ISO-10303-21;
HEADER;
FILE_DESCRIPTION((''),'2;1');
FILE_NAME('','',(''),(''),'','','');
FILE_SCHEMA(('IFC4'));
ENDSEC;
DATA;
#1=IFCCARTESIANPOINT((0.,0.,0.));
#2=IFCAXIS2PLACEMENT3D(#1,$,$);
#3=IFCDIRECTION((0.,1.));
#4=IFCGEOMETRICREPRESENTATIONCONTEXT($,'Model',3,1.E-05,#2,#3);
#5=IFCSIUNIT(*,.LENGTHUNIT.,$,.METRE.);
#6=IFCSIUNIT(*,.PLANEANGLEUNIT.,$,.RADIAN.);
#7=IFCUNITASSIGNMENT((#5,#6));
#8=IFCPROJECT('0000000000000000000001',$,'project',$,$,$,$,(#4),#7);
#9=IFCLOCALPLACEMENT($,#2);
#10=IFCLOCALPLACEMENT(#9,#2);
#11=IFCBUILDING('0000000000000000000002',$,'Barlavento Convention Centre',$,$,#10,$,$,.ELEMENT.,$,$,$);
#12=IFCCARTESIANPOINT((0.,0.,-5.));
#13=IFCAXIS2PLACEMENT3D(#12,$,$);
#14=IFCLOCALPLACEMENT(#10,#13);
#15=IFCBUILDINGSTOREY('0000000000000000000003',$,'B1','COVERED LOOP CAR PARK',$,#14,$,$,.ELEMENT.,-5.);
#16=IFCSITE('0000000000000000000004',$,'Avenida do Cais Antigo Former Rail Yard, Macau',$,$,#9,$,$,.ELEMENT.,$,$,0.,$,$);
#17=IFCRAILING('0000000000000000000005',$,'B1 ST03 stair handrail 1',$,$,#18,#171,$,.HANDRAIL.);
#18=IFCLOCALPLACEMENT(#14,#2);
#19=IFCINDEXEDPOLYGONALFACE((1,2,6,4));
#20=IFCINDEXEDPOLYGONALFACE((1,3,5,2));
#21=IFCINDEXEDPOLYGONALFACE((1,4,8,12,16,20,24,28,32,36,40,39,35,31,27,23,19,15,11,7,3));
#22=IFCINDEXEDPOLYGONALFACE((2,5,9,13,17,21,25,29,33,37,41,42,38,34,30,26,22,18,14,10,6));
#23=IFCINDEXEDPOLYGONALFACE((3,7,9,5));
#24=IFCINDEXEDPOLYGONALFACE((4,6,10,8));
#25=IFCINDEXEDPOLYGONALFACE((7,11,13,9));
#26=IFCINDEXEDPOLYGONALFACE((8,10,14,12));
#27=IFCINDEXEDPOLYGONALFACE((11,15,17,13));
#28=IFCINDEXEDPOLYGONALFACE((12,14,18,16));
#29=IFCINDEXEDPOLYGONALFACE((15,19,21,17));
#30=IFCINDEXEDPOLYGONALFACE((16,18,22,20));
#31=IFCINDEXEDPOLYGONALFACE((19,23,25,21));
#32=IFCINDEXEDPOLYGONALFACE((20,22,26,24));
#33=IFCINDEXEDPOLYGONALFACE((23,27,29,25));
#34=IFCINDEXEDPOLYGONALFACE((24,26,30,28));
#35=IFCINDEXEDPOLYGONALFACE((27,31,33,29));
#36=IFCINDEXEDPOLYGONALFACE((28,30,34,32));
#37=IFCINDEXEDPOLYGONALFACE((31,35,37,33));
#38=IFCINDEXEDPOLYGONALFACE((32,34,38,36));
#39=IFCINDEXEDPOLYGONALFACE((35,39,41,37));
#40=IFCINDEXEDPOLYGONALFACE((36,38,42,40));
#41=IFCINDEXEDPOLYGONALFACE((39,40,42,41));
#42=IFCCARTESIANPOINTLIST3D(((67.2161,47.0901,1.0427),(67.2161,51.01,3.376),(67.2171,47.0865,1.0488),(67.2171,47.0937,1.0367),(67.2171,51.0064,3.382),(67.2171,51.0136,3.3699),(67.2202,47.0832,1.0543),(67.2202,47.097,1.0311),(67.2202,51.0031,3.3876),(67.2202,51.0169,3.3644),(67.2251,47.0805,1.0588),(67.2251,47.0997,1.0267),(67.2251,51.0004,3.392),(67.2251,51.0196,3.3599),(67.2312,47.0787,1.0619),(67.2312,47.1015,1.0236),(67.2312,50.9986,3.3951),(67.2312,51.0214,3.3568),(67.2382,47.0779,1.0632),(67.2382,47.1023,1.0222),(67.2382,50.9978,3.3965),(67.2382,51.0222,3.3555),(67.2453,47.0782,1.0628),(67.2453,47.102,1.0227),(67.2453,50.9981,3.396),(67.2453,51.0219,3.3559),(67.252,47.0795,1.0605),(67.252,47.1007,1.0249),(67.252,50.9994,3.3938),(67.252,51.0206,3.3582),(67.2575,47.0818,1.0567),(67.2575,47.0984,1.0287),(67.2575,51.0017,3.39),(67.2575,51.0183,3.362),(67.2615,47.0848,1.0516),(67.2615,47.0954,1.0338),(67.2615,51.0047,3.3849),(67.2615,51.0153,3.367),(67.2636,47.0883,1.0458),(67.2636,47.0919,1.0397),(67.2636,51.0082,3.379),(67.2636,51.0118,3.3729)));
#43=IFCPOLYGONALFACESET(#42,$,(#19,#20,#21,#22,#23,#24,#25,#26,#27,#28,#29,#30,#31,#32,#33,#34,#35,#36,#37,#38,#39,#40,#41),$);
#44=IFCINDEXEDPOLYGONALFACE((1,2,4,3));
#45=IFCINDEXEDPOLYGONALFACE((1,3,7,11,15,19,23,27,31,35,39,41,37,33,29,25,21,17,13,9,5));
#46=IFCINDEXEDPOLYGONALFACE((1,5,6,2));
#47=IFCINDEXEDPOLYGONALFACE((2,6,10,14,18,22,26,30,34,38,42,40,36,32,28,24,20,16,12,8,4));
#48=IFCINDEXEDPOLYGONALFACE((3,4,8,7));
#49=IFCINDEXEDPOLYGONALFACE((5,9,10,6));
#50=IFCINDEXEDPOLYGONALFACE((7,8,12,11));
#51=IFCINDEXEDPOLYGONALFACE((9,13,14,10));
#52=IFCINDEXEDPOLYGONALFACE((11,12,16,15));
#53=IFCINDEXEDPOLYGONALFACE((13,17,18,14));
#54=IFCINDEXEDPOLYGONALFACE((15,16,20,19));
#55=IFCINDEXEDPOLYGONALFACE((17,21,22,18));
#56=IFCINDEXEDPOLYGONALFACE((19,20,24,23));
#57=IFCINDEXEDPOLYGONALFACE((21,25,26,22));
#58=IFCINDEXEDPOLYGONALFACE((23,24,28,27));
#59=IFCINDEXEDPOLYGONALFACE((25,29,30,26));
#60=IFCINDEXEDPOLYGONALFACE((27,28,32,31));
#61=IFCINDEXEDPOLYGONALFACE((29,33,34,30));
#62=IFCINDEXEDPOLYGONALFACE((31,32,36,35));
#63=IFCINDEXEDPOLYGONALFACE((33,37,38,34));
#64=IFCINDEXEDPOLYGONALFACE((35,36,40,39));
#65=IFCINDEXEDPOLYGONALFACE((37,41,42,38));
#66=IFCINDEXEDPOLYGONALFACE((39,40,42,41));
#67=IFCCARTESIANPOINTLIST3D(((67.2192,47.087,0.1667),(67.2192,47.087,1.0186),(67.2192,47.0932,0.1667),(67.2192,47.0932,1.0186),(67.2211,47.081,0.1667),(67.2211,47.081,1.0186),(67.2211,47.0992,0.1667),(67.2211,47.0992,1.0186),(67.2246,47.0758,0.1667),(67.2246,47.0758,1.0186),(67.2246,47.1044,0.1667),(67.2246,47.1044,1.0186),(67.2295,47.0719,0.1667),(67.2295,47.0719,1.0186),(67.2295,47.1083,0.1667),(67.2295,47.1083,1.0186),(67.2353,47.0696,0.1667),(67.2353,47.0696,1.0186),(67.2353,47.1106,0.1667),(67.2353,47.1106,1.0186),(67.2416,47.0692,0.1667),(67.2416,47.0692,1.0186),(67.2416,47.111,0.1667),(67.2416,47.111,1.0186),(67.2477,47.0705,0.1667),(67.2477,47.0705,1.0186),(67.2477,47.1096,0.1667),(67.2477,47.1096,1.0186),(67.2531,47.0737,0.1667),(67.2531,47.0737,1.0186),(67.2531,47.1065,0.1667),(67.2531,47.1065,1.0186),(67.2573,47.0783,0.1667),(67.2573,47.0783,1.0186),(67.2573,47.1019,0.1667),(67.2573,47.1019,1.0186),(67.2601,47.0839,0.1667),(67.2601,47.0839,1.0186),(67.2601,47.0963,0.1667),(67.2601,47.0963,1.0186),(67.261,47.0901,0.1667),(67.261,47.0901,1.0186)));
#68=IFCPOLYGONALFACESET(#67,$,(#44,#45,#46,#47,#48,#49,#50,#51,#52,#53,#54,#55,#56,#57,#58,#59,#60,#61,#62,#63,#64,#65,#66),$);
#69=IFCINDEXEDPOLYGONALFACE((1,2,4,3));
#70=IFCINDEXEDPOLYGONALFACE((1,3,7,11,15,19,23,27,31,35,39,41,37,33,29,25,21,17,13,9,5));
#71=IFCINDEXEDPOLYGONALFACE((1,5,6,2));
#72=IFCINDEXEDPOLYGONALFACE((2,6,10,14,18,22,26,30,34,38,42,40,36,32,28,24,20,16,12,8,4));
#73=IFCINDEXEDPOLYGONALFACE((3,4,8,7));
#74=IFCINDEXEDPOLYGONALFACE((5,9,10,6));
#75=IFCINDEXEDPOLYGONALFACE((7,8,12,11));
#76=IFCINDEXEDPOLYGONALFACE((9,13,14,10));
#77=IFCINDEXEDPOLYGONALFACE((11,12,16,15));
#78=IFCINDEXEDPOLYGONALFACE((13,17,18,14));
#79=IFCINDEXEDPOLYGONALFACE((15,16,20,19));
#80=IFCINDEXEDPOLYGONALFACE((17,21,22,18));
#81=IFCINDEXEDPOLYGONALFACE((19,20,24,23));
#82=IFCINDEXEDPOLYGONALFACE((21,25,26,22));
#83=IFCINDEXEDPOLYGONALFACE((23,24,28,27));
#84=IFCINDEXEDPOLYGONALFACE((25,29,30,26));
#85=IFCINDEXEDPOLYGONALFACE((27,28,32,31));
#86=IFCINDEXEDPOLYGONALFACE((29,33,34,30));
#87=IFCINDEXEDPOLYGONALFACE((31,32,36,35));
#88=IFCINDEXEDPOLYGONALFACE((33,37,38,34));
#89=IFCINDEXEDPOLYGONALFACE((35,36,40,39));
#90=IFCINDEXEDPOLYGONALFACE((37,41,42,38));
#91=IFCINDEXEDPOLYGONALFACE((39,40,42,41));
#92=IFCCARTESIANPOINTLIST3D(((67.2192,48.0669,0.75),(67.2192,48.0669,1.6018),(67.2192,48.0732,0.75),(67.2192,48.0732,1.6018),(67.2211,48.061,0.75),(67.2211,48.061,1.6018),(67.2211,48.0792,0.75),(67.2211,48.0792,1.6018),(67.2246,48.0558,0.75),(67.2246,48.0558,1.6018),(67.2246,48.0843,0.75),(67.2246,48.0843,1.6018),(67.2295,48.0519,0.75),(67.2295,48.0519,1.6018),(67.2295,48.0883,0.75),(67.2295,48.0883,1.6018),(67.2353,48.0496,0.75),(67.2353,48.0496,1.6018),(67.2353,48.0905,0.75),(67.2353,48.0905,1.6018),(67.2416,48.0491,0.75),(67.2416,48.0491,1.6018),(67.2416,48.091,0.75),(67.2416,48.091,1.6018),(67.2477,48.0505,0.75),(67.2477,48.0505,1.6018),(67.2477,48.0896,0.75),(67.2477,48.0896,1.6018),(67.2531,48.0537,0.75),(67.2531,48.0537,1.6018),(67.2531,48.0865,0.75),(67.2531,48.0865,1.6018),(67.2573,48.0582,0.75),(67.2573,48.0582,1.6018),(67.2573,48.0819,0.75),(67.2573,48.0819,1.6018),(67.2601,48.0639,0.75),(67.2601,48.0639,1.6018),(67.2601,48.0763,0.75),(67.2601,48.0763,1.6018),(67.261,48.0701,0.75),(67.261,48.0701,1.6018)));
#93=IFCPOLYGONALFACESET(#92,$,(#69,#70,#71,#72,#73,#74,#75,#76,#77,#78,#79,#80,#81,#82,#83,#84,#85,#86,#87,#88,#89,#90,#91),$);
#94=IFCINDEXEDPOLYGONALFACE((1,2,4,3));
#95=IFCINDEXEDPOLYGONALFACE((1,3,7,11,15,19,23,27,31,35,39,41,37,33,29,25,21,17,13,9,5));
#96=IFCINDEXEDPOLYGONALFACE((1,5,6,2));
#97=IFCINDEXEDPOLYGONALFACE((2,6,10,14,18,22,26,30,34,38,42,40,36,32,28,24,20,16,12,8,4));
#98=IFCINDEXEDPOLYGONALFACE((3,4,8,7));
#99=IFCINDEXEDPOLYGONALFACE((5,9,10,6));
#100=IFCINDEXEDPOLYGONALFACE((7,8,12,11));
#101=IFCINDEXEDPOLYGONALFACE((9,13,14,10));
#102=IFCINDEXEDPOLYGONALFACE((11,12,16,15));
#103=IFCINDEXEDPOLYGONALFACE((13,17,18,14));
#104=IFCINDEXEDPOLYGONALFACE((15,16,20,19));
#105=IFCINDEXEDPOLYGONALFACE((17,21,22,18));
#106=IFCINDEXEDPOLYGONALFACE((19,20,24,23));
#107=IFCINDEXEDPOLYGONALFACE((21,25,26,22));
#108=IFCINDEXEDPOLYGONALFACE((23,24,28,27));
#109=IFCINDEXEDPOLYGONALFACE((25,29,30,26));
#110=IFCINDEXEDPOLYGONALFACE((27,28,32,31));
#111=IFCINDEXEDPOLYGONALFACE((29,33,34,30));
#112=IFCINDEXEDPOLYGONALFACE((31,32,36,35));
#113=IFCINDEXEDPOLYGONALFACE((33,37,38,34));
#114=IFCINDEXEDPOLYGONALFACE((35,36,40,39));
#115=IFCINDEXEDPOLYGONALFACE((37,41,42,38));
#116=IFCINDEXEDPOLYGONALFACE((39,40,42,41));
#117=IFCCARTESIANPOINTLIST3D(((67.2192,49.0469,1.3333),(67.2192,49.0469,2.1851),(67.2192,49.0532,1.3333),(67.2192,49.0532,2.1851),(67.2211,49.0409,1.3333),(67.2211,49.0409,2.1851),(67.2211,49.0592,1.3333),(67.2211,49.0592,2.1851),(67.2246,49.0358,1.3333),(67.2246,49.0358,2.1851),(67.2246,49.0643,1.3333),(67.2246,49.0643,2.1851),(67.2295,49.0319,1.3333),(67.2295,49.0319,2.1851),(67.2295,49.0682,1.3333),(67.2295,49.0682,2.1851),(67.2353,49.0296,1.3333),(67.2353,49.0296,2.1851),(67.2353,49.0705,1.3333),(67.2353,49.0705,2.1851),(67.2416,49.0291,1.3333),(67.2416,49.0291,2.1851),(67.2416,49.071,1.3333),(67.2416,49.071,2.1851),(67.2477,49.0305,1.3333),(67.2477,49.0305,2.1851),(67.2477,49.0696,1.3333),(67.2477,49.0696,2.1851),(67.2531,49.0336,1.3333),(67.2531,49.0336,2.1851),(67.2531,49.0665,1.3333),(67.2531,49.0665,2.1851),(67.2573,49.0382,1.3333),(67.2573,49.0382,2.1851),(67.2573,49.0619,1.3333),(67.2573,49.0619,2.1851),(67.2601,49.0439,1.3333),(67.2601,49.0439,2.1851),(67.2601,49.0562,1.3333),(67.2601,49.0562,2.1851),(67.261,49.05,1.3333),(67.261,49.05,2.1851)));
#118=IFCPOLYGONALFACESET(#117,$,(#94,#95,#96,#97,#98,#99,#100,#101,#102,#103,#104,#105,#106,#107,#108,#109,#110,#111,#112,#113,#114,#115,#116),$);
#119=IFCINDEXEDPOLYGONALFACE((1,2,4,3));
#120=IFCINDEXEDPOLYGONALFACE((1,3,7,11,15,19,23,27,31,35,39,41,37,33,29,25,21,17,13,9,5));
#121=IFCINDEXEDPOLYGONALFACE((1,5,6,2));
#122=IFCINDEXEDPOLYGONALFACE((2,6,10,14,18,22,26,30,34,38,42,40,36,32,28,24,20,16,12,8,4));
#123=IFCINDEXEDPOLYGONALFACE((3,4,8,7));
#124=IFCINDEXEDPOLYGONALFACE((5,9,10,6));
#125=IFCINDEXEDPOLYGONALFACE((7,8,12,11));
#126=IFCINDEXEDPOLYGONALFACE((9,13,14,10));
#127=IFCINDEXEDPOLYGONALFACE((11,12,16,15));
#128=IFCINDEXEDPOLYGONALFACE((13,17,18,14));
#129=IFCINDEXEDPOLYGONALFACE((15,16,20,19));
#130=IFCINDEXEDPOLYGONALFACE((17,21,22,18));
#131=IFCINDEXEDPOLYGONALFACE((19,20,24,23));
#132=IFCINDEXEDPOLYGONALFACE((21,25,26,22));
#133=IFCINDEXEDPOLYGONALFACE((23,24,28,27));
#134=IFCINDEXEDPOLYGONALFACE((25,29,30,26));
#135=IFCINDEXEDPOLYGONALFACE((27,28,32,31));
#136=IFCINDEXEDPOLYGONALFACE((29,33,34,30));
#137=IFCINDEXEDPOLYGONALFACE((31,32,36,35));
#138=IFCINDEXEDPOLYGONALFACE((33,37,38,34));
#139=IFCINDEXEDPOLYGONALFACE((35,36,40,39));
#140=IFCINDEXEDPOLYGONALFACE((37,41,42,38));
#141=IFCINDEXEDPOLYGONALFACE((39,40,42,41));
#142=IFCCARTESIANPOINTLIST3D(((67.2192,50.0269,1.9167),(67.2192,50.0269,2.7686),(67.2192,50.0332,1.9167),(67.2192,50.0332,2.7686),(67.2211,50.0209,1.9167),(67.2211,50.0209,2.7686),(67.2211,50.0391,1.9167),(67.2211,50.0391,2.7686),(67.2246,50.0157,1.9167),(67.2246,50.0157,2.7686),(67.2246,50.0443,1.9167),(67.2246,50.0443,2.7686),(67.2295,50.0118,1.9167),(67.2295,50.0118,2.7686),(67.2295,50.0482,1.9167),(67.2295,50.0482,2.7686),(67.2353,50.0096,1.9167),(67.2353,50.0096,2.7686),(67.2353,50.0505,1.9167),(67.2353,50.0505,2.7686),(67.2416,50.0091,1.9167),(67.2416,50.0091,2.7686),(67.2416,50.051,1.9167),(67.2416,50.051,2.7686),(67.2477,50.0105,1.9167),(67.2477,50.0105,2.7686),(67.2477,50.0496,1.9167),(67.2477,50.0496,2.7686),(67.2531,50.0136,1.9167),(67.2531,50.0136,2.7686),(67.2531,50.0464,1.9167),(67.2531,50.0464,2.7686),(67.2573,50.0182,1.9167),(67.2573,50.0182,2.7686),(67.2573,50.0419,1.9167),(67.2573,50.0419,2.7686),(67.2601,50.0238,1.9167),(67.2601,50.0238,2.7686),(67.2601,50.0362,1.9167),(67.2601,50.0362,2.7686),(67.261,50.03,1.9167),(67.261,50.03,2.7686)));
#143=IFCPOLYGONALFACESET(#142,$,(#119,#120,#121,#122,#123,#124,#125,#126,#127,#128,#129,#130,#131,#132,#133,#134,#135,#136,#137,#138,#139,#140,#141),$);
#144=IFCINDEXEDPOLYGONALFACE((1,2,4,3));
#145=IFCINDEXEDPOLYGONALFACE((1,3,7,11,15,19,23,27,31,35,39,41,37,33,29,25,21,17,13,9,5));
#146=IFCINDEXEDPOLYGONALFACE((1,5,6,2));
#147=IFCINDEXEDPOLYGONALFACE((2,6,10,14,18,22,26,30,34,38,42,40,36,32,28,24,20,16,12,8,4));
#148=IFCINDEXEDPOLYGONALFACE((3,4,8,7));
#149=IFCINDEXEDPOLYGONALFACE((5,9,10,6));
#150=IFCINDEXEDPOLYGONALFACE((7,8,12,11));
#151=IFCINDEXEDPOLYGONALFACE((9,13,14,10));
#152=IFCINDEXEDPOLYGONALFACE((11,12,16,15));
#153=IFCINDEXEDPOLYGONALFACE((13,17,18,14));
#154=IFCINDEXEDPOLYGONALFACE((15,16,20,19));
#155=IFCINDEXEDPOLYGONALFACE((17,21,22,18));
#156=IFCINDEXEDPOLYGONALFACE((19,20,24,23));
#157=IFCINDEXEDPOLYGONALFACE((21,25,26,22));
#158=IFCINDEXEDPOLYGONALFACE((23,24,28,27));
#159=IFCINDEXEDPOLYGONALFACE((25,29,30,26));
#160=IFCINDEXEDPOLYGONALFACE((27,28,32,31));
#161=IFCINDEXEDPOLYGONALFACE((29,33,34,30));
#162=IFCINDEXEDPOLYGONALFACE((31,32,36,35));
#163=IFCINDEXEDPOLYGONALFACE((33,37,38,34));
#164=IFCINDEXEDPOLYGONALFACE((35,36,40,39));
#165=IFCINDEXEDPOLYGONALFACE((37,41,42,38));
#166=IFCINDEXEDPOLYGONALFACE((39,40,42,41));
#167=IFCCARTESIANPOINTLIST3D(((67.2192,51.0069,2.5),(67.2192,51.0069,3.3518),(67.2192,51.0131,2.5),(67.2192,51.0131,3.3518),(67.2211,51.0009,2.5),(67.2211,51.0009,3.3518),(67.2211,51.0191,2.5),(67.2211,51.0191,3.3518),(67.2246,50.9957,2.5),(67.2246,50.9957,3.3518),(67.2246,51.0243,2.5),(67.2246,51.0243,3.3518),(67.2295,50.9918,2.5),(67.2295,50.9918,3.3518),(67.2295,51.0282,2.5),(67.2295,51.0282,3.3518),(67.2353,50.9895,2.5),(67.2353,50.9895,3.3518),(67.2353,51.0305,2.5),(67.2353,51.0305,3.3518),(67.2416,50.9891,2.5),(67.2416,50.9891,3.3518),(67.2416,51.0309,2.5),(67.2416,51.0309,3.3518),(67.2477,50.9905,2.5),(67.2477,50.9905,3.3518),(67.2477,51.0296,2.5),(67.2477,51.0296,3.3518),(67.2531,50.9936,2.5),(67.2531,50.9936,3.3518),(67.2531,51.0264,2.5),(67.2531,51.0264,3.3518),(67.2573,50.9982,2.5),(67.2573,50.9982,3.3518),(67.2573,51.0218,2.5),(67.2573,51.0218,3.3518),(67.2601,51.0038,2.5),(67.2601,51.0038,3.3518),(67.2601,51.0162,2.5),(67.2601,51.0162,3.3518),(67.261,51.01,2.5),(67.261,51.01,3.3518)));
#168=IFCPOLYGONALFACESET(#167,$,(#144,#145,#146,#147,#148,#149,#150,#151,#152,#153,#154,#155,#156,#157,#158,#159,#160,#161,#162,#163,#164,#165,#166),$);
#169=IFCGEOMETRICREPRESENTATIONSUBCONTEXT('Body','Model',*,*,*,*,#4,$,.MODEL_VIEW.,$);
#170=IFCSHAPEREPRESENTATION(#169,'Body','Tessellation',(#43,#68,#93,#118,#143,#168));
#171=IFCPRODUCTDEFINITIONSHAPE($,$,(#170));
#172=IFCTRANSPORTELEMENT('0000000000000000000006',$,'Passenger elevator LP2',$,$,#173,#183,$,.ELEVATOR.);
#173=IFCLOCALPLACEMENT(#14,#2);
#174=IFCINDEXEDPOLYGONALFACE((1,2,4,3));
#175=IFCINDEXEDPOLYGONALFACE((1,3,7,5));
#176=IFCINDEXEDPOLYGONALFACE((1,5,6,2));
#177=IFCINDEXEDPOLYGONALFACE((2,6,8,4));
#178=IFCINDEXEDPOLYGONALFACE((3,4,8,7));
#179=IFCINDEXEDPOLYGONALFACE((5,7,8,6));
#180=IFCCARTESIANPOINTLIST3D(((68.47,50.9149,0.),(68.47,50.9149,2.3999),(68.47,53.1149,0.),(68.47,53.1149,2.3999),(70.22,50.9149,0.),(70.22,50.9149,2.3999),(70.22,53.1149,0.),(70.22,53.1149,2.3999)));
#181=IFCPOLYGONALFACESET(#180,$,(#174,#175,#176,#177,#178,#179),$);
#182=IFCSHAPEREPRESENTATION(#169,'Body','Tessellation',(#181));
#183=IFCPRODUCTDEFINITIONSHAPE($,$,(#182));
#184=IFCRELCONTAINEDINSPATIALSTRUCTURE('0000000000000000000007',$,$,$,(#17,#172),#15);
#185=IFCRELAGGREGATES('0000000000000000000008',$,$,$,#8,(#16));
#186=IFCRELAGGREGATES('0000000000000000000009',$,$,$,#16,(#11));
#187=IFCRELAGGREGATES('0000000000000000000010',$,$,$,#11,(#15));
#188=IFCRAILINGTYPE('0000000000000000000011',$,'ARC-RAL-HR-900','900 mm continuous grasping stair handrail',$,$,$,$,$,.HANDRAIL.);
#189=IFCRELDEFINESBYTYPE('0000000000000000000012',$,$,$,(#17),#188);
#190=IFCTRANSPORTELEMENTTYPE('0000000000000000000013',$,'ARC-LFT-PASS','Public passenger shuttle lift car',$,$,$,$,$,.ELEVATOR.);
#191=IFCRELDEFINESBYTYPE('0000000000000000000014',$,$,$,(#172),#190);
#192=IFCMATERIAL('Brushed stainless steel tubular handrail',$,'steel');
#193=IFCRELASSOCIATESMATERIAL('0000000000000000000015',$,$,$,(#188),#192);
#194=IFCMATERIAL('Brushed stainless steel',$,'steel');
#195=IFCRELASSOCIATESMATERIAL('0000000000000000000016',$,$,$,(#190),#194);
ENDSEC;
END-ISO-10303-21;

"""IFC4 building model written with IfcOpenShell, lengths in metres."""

from ifc_helpers import new_model, si_unit, direction, frame, origin, origin_2d, place, context, subcontext, project, spatial, rectangle, circle, extrude, material, type_object, element, save


model = new_model("IFC4")

# Units and contexts
model_context = context("Model", 3, precision=1e-05, world=origin(), true_north=direction((0.0, 1.0)))
body_context = subcontext(model_context, "Body", "Model", "MODEL_VIEW")
ifc_project = project(units=[si_unit("LENGTHUNIT", "METRE"), si_unit("PLANEANGLEUNIT", "RADIAN")], contexts=[model_context])

# Site, building, storey
site_placement = place(None, origin())
site = spatial("IfcSite", under=ifc_project, at=site_placement, Name="Avenida do Cais Antigo Former Rail Yard, Macau", CompositionType="ELEMENT", RefElevation=0.0)
building_placement = place(site_placement, origin())
building = spatial("IfcBuilding", under=site, at=building_placement, Name="Barlavento Convention Centre", CompositionType="ELEMENT")
storey_placement = place(building_placement, frame((0.0, 0.0, -5.0)))
storey = spatial("IfcBuildingStorey", under=building, at=storey_placement, Name="B1", Description="COVERED LOOP CAR PARK", CompositionType="ELEMENT", Elevation=-5.0)

# Shared definitions
ifc_material_1 = material(Name="Brushed stainless steel", Category="steel")

# Railing
ifc_material_2 = material(Name="Brushed stainless steel tubular handrail", Category="steel")
railing_type_1 = type_object("IfcRailingType", Name="ARC-RAL-HR-900", Description="900 mm continuous grasping stair handrail", PredefinedType="HANDRAIL", material=ifc_material_2)
railing_1_placement = place(storey_placement, frame((67.24, 47.0901, 0.1667)))
element("IfcRailing", 1, at=railing_1_placement, inside=storey, type_object=railing_type_1, Name="B1 ST03 stair handrail 1", PredefinedType="HANDRAIL", context=body_context, shape_type="SweptSolid", body=[
    extrude(circle(Radius=0.0239, at=origin_2d()), frame((0.0, 0.0, 0.876), z_axis=(0.0, 0.859296, 0.511478), x_axis=(-1.0, 0.0, 0.0)), (0.0, 0.0, 1.0), 4.5618),
    extrude(circle(Radius=0.021, at=origin_2d()), origin(), (0.0, 0.0, 1.0), 0.8518),
    extrude(circle(Radius=0.021, at=origin_2d()), frame((0.0, 0.98, 0.5833)), (0.0, 0.0, 1.0), 0.8518),
    extrude(circle(Radius=0.021, at=origin_2d()), frame((0.0, 1.96, 1.1665)), (0.0, 0.0, 1.0), 0.8518),
    extrude(circle(Radius=0.021, at=origin_2d()), frame((0.0, 2.9399, 1.75)), (0.0, 0.0, 1.0), 0.8518),
    extrude(circle(Radius=0.021, at=origin_2d()), frame((0.0, 3.9199, 2.3333)), (0.0, 0.0, 1.0), 0.8518),
])

# Transport element
transport_element_type = type_object("IfcTransportElementType", Name="ARC-LFT-PASS", Description="Public passenger shuttle lift car", PredefinedType="ELEVATOR", material=ifc_material_1)
transport_element_placement = place(storey_placement, frame((69.345, 52.0149, 0.0), z_axis=(0.0, 0.0, 1.0), x_axis=(1.0, 0.0, 0.0)))
element("IfcTransportElement", 2, at=transport_element_placement, inside=storey, type_object=transport_element_type, Name="Passenger elevator LP2", PredefinedType="ELEVATOR", context=body_context, shape_type="SweptSolid", body=[
    extrude(rectangle(XDim=1.75, YDim=2.2, at=origin_2d()), origin(), (0.0, 0.0, 1.0), 2.3999),
])

save(model, "model.ifc")
